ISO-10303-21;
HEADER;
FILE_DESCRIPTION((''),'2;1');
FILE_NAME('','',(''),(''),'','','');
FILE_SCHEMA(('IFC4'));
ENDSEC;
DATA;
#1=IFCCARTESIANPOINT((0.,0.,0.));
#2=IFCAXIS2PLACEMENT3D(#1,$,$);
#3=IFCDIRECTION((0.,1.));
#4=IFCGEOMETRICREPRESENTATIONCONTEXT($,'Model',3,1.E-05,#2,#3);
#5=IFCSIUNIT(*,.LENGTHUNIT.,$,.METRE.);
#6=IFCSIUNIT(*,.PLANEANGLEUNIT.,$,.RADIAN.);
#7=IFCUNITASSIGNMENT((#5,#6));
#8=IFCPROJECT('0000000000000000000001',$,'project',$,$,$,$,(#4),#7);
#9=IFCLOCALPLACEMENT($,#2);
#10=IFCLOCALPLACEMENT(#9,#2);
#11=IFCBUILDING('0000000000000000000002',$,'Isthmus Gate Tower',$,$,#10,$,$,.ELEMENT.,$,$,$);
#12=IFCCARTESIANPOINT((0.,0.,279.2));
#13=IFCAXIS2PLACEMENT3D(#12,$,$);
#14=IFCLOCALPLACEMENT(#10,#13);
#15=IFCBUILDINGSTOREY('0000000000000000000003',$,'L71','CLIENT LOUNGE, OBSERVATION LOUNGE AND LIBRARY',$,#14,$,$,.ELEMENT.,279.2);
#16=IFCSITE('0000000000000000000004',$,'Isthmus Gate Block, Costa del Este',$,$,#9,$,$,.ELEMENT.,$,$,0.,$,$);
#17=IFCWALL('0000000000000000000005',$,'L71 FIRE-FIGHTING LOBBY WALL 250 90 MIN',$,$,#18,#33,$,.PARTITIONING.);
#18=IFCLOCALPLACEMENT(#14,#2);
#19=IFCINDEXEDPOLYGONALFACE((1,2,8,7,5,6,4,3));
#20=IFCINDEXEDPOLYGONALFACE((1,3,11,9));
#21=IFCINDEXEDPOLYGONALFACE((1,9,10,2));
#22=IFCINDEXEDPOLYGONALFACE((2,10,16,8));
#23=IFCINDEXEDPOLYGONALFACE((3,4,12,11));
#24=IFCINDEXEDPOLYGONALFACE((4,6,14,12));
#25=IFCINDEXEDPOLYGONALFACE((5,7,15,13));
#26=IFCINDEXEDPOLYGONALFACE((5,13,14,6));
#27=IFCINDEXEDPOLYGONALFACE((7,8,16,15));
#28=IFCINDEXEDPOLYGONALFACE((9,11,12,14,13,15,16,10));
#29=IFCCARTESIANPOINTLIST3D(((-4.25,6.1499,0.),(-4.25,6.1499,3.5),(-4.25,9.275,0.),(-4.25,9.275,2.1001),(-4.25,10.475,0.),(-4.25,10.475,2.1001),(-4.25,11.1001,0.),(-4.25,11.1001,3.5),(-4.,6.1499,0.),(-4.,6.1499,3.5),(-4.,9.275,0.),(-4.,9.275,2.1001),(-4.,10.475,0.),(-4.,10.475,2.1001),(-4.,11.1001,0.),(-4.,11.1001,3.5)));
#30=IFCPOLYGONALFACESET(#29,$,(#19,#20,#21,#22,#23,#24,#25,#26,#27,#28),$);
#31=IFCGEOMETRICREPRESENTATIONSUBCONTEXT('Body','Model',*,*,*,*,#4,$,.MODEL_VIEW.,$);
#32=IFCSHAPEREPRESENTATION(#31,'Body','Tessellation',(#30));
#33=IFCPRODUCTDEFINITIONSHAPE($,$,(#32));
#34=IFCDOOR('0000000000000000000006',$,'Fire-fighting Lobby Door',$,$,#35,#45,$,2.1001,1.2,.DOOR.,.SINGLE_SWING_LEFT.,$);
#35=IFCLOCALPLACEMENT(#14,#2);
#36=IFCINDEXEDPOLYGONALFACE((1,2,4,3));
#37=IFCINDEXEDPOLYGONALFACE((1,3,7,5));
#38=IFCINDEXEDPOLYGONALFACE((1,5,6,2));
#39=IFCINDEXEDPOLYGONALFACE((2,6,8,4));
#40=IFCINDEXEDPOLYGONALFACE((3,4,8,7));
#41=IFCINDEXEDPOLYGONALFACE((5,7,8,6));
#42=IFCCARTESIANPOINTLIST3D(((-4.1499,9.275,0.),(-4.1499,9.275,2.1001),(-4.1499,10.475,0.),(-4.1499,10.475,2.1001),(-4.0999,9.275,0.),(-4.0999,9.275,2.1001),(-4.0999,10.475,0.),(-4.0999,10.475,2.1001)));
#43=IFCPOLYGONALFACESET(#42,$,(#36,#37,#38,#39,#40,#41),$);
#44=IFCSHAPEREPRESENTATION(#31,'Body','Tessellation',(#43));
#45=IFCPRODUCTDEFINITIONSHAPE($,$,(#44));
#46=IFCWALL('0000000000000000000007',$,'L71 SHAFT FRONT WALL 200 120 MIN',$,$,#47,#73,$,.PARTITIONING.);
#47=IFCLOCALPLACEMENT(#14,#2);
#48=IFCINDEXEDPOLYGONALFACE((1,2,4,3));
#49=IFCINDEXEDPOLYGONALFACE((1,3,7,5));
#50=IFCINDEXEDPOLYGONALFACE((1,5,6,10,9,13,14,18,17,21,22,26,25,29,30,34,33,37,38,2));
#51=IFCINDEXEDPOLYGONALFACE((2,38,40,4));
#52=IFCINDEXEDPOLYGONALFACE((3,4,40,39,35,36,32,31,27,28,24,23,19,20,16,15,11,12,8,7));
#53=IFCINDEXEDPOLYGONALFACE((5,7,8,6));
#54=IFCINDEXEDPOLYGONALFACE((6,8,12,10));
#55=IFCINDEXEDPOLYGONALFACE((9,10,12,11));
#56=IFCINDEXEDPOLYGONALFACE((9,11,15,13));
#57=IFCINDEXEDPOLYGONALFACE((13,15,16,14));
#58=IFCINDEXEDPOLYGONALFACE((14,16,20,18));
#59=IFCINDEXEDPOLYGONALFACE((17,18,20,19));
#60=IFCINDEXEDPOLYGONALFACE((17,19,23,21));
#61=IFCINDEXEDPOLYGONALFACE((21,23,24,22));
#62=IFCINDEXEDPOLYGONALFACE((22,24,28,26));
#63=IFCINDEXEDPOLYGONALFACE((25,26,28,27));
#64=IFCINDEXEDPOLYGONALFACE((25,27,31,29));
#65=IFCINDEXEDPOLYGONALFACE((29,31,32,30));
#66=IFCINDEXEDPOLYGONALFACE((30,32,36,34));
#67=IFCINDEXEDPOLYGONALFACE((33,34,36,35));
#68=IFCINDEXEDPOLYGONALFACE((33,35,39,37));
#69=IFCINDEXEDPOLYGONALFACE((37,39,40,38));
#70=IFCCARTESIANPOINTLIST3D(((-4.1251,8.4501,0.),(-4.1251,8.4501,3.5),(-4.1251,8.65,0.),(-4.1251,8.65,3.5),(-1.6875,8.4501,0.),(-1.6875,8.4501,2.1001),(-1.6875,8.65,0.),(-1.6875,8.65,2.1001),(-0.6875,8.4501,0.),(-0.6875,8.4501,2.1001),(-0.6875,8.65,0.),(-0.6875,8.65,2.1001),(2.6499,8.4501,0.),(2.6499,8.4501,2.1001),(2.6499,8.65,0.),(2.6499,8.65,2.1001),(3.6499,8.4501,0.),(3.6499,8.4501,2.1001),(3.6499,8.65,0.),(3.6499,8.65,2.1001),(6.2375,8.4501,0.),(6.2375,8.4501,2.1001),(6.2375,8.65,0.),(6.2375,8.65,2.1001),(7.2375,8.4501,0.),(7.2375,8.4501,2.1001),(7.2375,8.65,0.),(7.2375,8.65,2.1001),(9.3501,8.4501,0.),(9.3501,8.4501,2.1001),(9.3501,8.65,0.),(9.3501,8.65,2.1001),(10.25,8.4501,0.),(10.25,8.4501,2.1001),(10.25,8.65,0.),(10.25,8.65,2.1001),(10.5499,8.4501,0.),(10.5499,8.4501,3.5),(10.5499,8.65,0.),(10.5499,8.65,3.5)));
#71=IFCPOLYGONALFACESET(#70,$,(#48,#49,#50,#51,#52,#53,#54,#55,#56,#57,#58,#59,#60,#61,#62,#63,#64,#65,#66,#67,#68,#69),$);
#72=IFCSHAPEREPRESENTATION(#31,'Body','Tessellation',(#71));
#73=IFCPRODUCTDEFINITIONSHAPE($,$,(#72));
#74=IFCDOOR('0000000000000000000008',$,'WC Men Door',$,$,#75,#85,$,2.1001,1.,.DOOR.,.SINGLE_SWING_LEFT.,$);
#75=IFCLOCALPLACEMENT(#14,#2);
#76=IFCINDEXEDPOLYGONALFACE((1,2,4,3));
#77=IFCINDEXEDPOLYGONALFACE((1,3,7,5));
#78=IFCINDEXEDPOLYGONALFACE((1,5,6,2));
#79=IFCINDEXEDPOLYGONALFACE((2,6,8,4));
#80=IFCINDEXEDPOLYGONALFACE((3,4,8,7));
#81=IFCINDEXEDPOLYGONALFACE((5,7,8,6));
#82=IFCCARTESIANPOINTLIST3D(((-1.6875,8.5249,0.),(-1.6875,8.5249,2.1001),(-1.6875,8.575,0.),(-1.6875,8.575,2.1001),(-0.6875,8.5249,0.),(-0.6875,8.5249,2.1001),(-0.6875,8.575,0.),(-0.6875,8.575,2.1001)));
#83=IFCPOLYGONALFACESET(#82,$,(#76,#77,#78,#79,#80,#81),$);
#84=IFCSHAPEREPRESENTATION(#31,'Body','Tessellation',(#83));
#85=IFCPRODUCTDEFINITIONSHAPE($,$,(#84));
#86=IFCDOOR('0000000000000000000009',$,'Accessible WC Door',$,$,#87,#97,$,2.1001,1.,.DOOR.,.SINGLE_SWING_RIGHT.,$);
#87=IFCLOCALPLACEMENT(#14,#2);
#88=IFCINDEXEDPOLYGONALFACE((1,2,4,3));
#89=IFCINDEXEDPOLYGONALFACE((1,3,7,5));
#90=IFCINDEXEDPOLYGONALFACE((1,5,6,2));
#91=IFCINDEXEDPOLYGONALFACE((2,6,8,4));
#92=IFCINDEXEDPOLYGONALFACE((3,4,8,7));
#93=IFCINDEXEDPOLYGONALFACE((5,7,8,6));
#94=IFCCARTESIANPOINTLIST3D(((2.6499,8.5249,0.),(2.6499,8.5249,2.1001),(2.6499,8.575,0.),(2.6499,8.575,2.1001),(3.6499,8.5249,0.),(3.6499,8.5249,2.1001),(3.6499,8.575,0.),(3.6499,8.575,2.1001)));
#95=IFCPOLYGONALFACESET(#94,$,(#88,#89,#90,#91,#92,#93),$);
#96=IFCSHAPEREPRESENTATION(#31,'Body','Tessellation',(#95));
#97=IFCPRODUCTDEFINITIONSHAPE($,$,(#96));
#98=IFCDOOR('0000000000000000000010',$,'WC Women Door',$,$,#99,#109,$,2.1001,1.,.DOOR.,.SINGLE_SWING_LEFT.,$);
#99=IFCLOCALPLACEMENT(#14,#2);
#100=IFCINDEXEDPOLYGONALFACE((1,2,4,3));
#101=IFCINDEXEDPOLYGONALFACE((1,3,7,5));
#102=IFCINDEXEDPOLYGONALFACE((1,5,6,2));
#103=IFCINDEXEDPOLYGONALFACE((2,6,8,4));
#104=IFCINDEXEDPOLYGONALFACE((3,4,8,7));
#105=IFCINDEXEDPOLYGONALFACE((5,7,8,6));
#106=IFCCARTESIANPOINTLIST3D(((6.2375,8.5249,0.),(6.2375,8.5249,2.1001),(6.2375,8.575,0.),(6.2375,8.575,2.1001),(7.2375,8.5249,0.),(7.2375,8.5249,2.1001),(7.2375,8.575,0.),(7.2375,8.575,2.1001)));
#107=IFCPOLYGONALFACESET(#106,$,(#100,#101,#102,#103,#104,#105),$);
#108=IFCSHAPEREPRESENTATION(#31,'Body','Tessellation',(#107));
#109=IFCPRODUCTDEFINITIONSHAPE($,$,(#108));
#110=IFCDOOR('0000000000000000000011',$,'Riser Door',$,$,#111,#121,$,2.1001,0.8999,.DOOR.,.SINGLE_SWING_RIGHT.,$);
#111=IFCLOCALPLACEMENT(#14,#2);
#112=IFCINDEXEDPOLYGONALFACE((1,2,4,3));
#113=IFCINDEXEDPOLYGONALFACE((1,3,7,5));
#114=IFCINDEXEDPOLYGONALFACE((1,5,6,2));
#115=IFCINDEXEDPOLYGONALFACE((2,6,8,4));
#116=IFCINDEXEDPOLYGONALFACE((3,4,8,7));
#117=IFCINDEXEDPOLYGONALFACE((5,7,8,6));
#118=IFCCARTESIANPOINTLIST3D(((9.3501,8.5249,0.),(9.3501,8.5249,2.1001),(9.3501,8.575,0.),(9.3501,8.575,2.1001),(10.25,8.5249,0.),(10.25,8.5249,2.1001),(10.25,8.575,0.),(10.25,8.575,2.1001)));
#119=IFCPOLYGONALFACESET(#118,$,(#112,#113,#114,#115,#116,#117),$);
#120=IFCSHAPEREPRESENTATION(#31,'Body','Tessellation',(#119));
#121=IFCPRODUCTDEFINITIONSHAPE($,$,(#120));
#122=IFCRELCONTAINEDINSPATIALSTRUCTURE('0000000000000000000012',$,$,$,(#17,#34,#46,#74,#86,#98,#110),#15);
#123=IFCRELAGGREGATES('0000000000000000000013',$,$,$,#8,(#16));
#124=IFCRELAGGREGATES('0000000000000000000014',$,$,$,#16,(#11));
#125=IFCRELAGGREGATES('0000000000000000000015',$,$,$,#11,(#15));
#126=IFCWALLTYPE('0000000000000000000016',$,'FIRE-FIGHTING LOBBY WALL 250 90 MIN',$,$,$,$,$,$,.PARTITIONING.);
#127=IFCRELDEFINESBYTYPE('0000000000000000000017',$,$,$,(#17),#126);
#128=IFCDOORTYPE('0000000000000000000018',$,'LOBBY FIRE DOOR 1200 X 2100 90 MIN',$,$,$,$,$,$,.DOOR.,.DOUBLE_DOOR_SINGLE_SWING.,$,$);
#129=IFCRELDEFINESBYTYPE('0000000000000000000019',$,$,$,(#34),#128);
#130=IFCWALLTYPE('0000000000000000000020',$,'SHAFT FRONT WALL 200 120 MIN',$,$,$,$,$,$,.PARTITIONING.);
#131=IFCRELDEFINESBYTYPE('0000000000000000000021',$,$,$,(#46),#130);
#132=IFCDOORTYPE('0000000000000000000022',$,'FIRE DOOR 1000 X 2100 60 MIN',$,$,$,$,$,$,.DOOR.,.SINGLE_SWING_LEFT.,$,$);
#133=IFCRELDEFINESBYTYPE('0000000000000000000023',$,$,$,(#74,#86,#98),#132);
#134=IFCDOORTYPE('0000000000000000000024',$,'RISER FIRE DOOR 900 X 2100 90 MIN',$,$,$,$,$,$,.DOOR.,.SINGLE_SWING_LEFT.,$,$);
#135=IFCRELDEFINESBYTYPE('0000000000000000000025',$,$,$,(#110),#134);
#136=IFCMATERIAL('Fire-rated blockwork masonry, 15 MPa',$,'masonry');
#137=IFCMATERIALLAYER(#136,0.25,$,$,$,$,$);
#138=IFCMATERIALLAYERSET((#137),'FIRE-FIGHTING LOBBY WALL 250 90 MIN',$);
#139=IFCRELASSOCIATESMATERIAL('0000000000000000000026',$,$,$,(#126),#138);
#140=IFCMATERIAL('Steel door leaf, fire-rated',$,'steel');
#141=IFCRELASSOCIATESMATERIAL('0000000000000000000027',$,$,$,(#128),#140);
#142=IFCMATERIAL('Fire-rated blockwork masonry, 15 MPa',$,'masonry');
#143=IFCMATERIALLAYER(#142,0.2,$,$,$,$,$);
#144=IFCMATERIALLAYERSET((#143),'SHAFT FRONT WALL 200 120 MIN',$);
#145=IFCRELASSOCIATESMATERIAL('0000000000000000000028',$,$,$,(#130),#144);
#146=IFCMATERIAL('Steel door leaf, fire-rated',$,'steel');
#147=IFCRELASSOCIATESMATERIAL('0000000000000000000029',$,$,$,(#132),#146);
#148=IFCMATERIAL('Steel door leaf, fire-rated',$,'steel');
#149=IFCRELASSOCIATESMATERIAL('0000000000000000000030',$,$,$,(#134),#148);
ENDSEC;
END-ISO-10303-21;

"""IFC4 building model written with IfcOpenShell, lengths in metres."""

from ifc_helpers import new_model, si_unit, direction, frame, frame_2d, origin, place, context, subcontext, project, spatial, rectangle, extrude, material, layer, layer_set, type_object, element, fill, save


model = new_model("IFC4")

# Units and contexts
model_context = context("Model", 3, precision=1e-05, world=origin(), true_north=direction((0.0, 1.0)))
body_context = subcontext(model_context, "Body", "Model", "MODEL_VIEW")
ifc_project = project(units=[si_unit("LENGTHUNIT", "METRE"), si_unit("PLANEANGLEUNIT", "RADIAN")], contexts=[model_context])

# Site, building, storey
site_placement = place(None, origin())
site = spatial("IfcSite", under=ifc_project, at=site_placement, Name="Isthmus Gate Block, Costa del Este", CompositionType="ELEMENT", RefElevation=0.0)
building_placement = place(site_placement, origin())
building = spatial("IfcBuilding", under=site, at=building_placement, Name="Isthmus Gate Tower", CompositionType="ELEMENT")
storey_placement = place(building_placement, frame((0.0, 0.0, 279.2)))
storey = spatial("IfcBuildingStorey", under=building, at=storey_placement, Name="L71", Description="CLIENT LOUNGE, OBSERVATION LOUNGE AND LIBRARY", CompositionType="ELEMENT", Elevation=279.2)

# Wall, opening, door
ifc_material_1 = material(Name="Fire-rated blockwork masonry, 15 MPa", Category="masonry")
ifc_layer_1 = layer(ifc_material_1, 0.25)
ifc_layer_set_1 = layer_set([ifc_layer_1], Name="FIRE-FIGHTING LOBBY WALL 250 90 MIN")
wall_type_1 = type_object("IfcWallType", Name="FIRE-FIGHTING LOBBY WALL 250 90 MIN", PredefinedType="PARTITIONING", material=ifc_layer_set_1)
wall_1_placement = place(storey_placement, frame((-4.125, 6.1499, 0.0), z_axis=(0.0, 0.0, 1.0), x_axis=(0.0, 1.0, 0.0)))
wall_1 = element("IfcWall", 1, at=wall_1_placement, inside=storey, type_object=wall_type_1, Name="L71 FIRE-FIGHTING LOBBY WALL 250 90 MIN", PredefinedType="PARTITIONING", context=body_context, shape_type="SweptSolid", body=[
    extrude(rectangle(XDim=4.9502, YDim=0.25, at=frame_2d((2.4751, 0.0))), origin(), (0.0, 0.0, 1.0), 3.5),
])
opening_1_placement = place(wall_1_placement, frame((3.125, 0.0, 0.0)))
opening_1 = element("IfcOpeningElement", 2, at=opening_1_placement, cuts=wall_1, PredefinedType="OPENING", context=body_context, shape_type="SweptSolid", body=[
    extrude(rectangle(XDim=1.2, YDim=2.1001, at=frame_2d((0.6001, 1.05))), frame((0.0, 0.135, 0.0), z_axis=(0.0, -1.0, 0.0), x_axis=(1.0, 0.0, 0.0)), (0.0, 0.0, 1.0), 0.27),
])
ifc_material_2 = material(Name="Steel door leaf, fire-rated", Category="steel")
door_type_1 = type_object("IfcDoorType", Name="LOBBY FIRE DOOR 1200 X 2100 90 MIN", OperationType="DOUBLE_DOOR_SINGLE_SWING", PredefinedType="DOOR", material=ifc_material_2)
door_1_placement = place(opening_1_placement, origin())
door_1 = element("IfcDoor", 3, at=door_1_placement, inside=storey, type_object=door_type_1, Name="Fire-fighting Lobby Door", OperationType="SINGLE_SWING_LEFT", OverallHeight=2.1001, OverallWidth=1.2, PredefinedType="DOOR", context=body_context, shape_type="SweptSolid", body=[
    extrude(rectangle(XDim=1.2, YDim=2.1001, at=frame_2d((0.6001, 1.05))), frame((0.0, 0.0249, 0.0), z_axis=(0.0, -1.0, 0.0), x_axis=(1.0, 0.0, 0.0)), (0.0, 0.0, 1.0), 0.05),
])
fill(opening_1, door_1)

# Wall, openings, doors
ifc_material_3 = material(Name="Fire-rated blockwork masonry, 15 MPa", Category="masonry")
ifc_layer_2 = layer(ifc_material_3, 0.2)
ifc_layer_set_2 = layer_set([ifc_layer_2], Name="SHAFT FRONT WALL 200 120 MIN")
wall_type_2 = type_object("IfcWallType", Name="SHAFT FRONT WALL 200 120 MIN", PredefinedType="PARTITIONING", material=ifc_layer_set_2)
wall_2_placement = place(storey_placement, frame((-4.125, 8.55, 0.0), z_axis=(0.0, 0.0, 1.0), x_axis=(1.0, 0.0, 0.0)))
wall_2 = element("IfcWall", 4, at=wall_2_placement, inside=storey, type_object=wall_type_2, Name="L71 SHAFT FRONT WALL 200 120 MIN", PredefinedType="PARTITIONING", context=body_context, shape_type="SweptSolid", body=[
    extrude(rectangle(XDim=14.675, YDim=0.2, at=frame_2d((7.3374, 0.0))), origin(), (0.0, 0.0, 1.0), 3.5),
])
opening_2_placement = place(wall_2_placement, frame((2.4375, 0.0, 0.0)))
opening_2 = element("IfcOpeningElement", 5, at=opening_2_placement, cuts=wall_2, PredefinedType="OPENING", context=body_context, shape_type="SweptSolid", body=[
    extrude(rectangle(XDim=1.0, YDim=2.1001, at=frame_2d((0.5, 1.05))), frame((0.0, 0.1099, 0.0), z_axis=(0.0, -1.0, 0.0), x_axis=(1.0, 0.0, 0.0)), (0.0, 0.0, 1.0), 0.22),
])
opening_3_placement = place(wall_2_placement, frame((6.7749, 0.0, 0.0)))
opening_3 = element("IfcOpeningElement", 6, at=opening_3_placement, cuts=wall_2, PredefinedType="OPENING", context=body_context, shape_type="SweptSolid", body=[
    extrude(rectangle(XDim=1.0, YDim=2.1001, at=frame_2d((0.5, 1.05))), frame((0.0, 0.1099, 0.0), z_axis=(0.0, -1.0, 0.0), x_axis=(1.0, 0.0, 0.0)), (0.0, 0.0, 1.0), 0.22),
])
opening_4_placement = place(wall_2_placement, frame((10.3625, 0.0, 0.0)))
opening_4 = element("IfcOpeningElement", 7, at=opening_4_placement, cuts=wall_2, PredefinedType="OPENING", context=body_context, shape_type="SweptSolid", body=[
    extrude(rectangle(XDim=1.0, YDim=2.1001, at=frame_2d((0.5, 1.05))), frame((0.0, 0.1099, 0.0), z_axis=(0.0, -1.0, 0.0), x_axis=(1.0, 0.0, 0.0)), (0.0, 0.0, 1.0), 0.22),
])
opening_5_placement = place(wall_2_placement, frame((13.4751, 0.0, 0.0)))
opening_5 = element("IfcOpeningElement", 8, at=opening_5_placement, cuts=wall_2, PredefinedType="OPENING", context=body_context, shape_type="SweptSolid", body=[
    extrude(rectangle(XDim=0.8999, YDim=2.1001, at=frame_2d((0.45, 1.05))), frame((0.0, 0.1099, 0.0), z_axis=(0.0, -1.0, 0.0), x_axis=(1.0, 0.0, 0.0)), (0.0, 0.0, 1.0), 0.22),
])
ifc_material_4 = material(Name="Steel door leaf, fire-rated", Category="steel")
door_type_2 = type_object("IfcDoorType", Name="FIRE DOOR 1000 X 2100 60 MIN", OperationType="SINGLE_SWING_LEFT", PredefinedType="DOOR", material=ifc_material_4)
door_2_placement = place(opening_2_placement, origin())
door_2 = element("IfcDoor", 9, at=door_2_placement, inside=storey, type_object=door_type_2, Name="WC Men Door", OperationType="SINGLE_SWING_LEFT", OverallHeight=2.1001, OverallWidth=1.0, PredefinedType="DOOR", context=body_context, shape_type="SweptSolid", body=[
    extrude(rectangle(XDim=1.0, YDim=2.1001, at=frame_2d((0.5, 1.05))), frame((0.0, 0.0249, 0.0), z_axis=(0.0, -1.0, 0.0), x_axis=(1.0, 0.0, 0.0)), (0.0, 0.0, 1.0), 0.05),
])
fill(opening_2, door_2)
door_3_placement = place(opening_3_placement, origin())
door_3 = element("IfcDoor", 10, at=door_3_placement, inside=storey, type_object=door_type_2, Name="Accessible WC Door", OperationType="SINGLE_SWING_RIGHT", OverallHeight=2.1001, OverallWidth=1.0, PredefinedType="DOOR", context=body_context, shape_type="SweptSolid", body=[
    extrude(rectangle(XDim=1.0, YDim=2.1001, at=frame_2d((0.5, 1.05))), frame((0.0, 0.0249, 0.0), z_axis=(0.0, -1.0, 0.0), x_axis=(1.0, 0.0, 0.0)), (0.0, 0.0, 1.0), 0.05),
])
fill(opening_3, door_3)
door_4_placement = place(opening_4_placement, origin())
door_4 = element("IfcDoor", 11, at=door_4_placement, inside=storey, type_object=door_type_2, Name="WC Women Door", OperationType="SINGLE_SWING_LEFT", OverallHeight=2.1001, OverallWidth=1.0, PredefinedType="DOOR", context=body_context, shape_type="SweptSolid", body=[
    extrude(rectangle(XDim=1.0, YDim=2.1001, at=frame_2d((0.5, 1.05))), frame((0.0, 0.0249, 0.0), z_axis=(0.0, -1.0, 0.0), x_axis=(1.0, 0.0, 0.0)), (0.0, 0.0, 1.0), 0.05),
])
fill(opening_4, door_4)
ifc_material_5 = material(Name="Steel door leaf, fire-rated", Category="steel")
door_type_3 = type_object("IfcDoorType", Name="RISER FIRE DOOR 900 X 2100 90 MIN", OperationType="SINGLE_SWING_LEFT", PredefinedType="DOOR", material=ifc_material_5)
door_5_placement = place(opening_5_placement, origin())
door_5 = element("IfcDoor", 12, at=door_5_placement, inside=storey, type_object=door_type_3, Name="Riser Door", OperationType="SINGLE_SWING_RIGHT", OverallHeight=2.1001, OverallWidth=0.8999, PredefinedType="DOOR", context=body_context, shape_type="SweptSolid", body=[
    extrude(rectangle(XDim=0.8999, YDim=2.1001, at=frame_2d((0.45, 1.05))), frame((0.0, 0.0249, 0.0), z_axis=(0.0, -1.0, 0.0), x_axis=(1.0, 0.0, 0.0)), (0.0, 0.0, 1.0), 0.05),
])
fill(opening_5, door_5)

save(model, "model.ifc")
